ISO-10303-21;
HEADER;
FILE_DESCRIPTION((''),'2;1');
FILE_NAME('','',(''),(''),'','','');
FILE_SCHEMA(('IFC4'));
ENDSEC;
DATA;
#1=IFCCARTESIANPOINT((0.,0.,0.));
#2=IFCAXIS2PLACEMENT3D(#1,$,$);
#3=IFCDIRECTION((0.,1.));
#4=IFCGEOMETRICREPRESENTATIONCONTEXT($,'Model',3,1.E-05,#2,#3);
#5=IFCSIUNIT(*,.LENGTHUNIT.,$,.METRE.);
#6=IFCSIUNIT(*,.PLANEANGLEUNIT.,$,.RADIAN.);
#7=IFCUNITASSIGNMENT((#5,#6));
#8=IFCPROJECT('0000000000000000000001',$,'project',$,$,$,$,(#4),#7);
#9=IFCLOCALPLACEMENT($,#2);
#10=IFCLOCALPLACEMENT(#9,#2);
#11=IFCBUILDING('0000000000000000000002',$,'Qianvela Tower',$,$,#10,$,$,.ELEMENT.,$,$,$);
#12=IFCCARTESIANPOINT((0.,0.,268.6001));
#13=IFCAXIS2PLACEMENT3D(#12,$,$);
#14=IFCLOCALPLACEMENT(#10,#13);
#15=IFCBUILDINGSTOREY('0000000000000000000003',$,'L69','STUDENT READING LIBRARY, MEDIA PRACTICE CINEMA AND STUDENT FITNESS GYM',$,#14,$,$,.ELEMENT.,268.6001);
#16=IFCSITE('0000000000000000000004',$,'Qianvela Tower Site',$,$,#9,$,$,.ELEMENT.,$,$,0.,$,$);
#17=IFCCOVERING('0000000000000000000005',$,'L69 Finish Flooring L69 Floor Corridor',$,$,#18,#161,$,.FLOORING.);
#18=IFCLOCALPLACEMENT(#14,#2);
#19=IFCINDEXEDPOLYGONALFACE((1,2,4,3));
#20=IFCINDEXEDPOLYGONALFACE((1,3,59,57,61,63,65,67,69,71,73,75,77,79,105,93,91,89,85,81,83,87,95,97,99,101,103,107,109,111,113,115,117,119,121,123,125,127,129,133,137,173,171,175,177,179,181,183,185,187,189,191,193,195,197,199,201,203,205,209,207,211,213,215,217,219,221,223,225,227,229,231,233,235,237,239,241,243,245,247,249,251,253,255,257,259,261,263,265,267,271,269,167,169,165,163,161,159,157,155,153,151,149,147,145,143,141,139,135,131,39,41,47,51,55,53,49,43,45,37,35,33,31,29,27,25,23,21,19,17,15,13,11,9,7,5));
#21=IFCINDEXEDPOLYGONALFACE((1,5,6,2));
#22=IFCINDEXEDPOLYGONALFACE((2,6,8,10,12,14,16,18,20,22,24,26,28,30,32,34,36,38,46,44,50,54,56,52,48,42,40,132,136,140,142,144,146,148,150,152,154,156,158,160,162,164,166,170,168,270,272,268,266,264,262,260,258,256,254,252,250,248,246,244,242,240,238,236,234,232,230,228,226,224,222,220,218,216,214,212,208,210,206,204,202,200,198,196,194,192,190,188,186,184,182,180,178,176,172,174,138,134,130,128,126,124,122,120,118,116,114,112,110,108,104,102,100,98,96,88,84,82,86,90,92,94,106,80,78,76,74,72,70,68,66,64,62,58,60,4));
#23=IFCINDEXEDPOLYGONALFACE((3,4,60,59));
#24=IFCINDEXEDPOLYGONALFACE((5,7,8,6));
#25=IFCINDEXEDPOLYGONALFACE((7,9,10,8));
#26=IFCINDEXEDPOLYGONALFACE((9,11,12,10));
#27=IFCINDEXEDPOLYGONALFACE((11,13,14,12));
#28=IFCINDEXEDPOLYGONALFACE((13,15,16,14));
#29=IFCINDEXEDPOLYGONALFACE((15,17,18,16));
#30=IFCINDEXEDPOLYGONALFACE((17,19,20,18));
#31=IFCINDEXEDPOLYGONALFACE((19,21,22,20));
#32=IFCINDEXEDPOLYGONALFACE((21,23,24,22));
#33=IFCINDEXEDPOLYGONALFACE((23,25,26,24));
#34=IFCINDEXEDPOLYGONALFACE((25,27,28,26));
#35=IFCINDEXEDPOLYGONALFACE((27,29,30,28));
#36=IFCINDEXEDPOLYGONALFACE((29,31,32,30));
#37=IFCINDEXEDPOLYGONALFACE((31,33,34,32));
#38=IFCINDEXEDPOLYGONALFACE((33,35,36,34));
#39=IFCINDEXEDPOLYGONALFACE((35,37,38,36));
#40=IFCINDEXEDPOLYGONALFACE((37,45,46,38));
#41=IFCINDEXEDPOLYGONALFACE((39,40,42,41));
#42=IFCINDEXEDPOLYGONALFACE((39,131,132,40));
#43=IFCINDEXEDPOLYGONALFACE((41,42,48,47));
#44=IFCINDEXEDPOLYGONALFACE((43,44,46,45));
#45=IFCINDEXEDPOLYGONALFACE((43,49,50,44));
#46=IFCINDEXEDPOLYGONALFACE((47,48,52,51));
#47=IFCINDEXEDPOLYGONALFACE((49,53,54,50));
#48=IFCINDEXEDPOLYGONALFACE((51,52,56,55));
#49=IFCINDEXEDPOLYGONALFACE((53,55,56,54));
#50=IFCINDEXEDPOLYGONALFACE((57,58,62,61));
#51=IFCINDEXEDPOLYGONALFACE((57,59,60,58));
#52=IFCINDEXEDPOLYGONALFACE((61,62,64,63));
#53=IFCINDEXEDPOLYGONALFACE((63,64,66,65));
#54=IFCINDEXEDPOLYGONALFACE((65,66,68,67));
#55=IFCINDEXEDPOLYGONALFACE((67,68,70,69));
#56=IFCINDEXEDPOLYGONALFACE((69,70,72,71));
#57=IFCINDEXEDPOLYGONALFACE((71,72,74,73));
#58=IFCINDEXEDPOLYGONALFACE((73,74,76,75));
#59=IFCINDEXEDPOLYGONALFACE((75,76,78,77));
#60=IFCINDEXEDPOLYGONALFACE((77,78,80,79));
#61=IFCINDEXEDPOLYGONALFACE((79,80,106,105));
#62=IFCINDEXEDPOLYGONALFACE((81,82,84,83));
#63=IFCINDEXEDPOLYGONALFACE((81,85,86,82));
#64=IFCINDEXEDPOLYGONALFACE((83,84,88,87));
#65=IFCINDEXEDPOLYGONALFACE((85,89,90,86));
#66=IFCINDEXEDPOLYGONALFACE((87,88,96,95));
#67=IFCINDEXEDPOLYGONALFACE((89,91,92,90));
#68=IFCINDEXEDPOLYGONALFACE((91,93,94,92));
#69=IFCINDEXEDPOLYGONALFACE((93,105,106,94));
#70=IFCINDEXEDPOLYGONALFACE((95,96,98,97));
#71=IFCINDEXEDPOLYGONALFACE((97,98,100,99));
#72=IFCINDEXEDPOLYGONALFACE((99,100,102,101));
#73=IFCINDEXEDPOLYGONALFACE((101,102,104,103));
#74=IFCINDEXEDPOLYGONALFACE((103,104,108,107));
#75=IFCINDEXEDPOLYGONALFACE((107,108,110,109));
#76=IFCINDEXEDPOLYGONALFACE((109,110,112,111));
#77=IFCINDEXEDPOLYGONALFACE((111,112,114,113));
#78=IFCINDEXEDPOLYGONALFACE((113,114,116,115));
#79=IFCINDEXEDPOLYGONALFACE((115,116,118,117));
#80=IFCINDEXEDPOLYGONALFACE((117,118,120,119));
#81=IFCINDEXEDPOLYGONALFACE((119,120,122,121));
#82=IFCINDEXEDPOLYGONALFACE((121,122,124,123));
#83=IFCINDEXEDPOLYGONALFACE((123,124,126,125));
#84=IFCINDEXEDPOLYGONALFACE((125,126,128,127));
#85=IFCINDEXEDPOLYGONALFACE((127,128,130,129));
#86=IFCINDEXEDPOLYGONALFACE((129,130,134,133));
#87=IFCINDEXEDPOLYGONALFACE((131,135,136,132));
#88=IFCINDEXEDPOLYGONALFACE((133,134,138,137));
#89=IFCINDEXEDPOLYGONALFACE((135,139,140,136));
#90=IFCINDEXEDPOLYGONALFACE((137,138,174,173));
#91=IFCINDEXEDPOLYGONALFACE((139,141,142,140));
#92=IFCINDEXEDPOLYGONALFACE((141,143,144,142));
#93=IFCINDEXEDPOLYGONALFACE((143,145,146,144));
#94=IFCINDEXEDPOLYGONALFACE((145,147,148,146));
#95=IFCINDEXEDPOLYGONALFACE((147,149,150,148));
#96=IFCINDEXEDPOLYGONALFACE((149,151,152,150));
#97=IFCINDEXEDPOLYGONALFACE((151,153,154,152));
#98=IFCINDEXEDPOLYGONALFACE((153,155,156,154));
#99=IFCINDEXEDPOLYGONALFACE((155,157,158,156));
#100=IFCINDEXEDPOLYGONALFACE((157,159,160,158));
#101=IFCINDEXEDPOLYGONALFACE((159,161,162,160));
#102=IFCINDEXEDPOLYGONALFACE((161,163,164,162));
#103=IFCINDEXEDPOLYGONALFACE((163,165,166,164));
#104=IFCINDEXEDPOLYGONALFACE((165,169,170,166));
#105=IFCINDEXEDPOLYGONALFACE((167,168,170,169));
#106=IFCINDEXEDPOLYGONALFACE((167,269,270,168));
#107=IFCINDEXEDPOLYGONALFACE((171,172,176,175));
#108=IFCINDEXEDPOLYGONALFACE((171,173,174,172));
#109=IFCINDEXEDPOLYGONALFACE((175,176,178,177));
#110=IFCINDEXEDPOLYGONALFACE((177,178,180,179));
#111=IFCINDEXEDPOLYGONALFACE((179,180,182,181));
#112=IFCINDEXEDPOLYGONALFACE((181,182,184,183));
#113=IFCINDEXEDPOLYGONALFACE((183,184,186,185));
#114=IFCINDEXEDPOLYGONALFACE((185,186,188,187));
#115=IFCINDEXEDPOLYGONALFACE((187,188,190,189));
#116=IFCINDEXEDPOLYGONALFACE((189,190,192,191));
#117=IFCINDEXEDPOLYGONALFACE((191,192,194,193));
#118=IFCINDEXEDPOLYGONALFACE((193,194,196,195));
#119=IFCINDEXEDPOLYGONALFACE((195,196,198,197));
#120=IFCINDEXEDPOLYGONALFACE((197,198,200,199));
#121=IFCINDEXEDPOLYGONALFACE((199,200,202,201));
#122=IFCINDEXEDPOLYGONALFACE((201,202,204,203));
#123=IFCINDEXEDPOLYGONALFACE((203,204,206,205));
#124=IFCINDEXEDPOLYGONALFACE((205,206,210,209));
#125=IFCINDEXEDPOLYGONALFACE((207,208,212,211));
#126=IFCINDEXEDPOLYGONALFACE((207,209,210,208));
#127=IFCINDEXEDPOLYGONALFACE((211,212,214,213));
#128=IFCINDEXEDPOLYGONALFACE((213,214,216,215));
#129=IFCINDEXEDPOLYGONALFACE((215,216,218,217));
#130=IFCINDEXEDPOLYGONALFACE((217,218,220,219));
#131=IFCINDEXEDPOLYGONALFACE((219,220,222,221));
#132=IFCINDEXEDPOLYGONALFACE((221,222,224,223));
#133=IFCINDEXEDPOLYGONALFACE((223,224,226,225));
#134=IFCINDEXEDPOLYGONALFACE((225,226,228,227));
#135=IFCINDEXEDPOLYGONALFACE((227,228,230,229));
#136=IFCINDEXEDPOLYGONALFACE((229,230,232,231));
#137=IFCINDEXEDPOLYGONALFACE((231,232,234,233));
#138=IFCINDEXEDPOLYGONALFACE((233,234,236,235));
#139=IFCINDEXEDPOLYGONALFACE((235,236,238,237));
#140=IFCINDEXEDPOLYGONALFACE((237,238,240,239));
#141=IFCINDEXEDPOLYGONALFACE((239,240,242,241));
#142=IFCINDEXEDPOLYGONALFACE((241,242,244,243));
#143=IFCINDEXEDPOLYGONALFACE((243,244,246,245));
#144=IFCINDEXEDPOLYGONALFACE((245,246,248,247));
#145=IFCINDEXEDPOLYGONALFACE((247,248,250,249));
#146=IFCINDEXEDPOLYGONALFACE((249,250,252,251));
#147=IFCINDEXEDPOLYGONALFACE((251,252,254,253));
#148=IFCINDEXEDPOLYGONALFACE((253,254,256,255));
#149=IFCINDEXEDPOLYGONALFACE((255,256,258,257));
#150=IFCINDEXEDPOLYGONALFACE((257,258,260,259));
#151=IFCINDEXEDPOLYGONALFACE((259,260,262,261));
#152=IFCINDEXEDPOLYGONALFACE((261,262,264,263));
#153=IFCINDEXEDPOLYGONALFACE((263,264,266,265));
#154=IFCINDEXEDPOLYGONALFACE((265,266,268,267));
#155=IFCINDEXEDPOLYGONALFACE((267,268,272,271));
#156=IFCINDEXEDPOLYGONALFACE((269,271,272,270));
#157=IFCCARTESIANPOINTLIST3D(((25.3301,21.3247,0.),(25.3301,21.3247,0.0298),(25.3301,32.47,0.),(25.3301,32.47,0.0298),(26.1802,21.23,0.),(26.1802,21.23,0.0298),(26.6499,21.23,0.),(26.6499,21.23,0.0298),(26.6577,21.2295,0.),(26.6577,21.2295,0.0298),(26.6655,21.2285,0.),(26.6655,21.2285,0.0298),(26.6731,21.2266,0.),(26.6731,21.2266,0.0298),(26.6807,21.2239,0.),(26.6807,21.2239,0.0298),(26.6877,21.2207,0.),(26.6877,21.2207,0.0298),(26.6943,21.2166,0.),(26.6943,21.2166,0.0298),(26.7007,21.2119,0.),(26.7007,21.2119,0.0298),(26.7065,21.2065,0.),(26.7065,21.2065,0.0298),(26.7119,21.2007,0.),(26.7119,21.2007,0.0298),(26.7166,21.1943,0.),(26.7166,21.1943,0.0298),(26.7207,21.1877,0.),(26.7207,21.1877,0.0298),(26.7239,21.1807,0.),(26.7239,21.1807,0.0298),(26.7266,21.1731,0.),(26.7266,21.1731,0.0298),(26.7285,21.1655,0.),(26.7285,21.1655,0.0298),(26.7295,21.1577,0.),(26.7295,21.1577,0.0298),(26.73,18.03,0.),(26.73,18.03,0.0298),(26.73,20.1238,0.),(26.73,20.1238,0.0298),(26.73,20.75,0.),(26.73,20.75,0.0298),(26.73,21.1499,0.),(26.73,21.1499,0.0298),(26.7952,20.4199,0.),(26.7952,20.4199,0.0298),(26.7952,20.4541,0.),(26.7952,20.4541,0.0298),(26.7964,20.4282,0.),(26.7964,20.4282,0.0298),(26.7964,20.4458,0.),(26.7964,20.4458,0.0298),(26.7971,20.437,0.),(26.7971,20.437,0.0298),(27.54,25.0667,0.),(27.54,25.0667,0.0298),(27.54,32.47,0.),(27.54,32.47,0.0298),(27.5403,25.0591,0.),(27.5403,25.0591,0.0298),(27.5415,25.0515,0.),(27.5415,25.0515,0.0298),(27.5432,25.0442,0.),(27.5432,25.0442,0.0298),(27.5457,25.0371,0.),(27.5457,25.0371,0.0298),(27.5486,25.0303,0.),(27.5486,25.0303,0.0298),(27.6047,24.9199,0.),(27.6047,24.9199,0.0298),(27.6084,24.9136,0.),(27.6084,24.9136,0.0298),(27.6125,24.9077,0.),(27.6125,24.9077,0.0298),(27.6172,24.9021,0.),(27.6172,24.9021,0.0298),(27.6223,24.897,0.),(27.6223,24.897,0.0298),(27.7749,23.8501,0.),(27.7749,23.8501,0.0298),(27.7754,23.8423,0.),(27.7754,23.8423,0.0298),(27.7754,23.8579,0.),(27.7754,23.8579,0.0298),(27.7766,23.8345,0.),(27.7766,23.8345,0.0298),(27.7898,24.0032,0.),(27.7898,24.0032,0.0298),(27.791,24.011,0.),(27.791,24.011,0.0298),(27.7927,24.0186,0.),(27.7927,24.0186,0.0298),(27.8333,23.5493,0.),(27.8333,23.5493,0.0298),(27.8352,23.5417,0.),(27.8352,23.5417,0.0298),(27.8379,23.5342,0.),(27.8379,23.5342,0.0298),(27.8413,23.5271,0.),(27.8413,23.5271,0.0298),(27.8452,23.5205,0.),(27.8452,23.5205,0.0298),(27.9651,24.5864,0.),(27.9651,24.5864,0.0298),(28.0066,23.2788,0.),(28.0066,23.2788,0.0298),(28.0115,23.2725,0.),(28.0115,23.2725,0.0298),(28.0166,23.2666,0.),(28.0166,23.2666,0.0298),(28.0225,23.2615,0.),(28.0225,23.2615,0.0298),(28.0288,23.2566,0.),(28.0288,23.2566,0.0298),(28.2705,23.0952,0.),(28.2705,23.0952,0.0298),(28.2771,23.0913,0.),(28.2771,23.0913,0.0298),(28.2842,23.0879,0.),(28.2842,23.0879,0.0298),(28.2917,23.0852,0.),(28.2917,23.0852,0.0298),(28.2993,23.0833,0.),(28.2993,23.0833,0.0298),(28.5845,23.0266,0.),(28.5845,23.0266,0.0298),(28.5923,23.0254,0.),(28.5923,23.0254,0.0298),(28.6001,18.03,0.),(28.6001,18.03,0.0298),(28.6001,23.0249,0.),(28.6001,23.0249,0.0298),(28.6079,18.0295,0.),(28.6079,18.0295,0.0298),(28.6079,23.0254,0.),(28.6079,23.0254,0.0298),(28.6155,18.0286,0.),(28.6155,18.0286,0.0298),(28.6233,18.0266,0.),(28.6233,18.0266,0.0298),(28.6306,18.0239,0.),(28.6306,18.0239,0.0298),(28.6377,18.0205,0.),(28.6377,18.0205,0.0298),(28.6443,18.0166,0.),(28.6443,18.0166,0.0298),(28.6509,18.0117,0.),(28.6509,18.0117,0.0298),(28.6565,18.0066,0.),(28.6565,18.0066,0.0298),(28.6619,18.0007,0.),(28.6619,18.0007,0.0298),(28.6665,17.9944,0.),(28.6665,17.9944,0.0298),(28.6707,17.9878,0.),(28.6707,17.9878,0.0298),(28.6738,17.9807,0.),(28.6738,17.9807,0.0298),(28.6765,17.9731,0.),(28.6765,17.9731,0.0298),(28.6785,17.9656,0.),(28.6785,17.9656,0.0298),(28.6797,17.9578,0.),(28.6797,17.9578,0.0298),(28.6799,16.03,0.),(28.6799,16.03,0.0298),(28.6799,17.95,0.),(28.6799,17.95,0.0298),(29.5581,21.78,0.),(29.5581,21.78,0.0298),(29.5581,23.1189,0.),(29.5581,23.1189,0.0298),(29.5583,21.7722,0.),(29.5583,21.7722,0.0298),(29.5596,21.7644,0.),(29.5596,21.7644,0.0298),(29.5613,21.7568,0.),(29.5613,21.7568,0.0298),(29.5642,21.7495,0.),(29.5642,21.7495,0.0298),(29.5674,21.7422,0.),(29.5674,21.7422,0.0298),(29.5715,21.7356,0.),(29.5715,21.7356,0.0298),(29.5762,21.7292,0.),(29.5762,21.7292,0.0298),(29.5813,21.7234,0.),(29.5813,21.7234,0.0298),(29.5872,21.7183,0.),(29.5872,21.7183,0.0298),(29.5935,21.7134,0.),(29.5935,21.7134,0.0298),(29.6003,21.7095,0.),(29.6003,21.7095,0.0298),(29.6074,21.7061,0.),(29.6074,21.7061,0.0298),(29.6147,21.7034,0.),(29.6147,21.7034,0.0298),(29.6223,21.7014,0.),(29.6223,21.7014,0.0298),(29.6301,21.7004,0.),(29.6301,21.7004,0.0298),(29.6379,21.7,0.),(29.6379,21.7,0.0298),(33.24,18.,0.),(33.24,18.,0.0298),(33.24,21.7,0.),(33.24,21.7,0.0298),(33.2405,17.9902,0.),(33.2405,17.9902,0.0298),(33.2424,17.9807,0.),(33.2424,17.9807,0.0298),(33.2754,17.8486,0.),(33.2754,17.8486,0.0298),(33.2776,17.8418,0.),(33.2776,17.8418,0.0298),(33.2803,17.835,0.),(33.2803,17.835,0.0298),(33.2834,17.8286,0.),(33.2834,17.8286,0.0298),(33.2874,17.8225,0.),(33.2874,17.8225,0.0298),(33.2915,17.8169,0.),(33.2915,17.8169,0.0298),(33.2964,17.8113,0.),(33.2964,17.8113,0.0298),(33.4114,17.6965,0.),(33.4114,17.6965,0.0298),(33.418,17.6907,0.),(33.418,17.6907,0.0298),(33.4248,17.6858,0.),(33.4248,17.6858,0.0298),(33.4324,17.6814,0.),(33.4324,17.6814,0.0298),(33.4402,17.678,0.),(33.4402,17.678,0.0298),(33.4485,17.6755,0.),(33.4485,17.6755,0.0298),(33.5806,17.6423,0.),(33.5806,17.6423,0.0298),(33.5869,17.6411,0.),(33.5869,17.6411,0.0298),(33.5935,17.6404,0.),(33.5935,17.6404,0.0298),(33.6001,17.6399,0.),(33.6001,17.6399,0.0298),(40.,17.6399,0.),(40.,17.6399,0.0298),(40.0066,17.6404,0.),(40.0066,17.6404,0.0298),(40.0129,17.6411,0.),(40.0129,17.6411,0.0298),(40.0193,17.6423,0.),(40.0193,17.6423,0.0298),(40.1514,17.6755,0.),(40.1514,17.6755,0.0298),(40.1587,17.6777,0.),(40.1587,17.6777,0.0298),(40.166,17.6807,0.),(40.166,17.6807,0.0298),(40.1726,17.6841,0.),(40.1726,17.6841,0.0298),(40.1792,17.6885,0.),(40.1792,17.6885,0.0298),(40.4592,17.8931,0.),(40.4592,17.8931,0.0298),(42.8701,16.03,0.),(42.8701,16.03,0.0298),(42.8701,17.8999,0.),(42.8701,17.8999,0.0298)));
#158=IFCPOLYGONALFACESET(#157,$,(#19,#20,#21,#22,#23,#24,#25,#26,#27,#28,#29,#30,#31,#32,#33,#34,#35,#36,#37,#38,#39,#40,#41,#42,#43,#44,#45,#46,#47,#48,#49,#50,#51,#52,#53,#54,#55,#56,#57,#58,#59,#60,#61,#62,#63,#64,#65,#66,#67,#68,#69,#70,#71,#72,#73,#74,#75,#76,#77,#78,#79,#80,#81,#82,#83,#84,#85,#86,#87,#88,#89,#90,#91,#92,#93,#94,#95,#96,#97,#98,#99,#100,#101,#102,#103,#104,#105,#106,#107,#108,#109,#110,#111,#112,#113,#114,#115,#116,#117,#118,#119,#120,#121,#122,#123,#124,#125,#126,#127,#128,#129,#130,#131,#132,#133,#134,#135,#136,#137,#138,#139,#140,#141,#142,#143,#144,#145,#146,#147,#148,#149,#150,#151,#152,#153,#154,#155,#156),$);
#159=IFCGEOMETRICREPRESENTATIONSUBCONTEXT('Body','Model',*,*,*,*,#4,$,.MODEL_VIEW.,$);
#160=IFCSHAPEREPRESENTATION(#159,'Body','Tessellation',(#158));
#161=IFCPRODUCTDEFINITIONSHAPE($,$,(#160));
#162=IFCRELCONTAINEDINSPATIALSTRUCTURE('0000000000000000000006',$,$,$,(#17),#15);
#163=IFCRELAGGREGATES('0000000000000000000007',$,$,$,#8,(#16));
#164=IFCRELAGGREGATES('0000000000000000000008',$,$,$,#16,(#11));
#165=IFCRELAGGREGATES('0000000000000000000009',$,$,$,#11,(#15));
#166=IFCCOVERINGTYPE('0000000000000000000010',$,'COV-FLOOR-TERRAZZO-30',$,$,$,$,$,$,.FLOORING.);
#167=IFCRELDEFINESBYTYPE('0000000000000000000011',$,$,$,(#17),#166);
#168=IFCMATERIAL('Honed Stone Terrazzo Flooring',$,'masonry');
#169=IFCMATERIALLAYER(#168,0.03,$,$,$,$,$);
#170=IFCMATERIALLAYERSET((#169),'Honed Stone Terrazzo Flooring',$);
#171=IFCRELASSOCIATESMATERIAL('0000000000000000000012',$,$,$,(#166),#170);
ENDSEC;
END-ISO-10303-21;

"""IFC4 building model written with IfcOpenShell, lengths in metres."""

from ifc_helpers import new_model, si_unit, direction, frame, origin, place, context, subcontext, project, spatial, polyline, outline, extrude, material, layer, layer_set, type_object, element, save


model = new_model("IFC4")

# Units and contexts
model_context = context("Model", 3, precision=1e-05, world=origin(), true_north=direction((0.0, 1.0)))
body_context = subcontext(model_context, "Body", "Model", "MODEL_VIEW")
ifc_project = project(units=[si_unit("LENGTHUNIT", "METRE"), si_unit("PLANEANGLEUNIT", "RADIAN")], contexts=[model_context])

# Site, building, storey
site_placement = place(None, origin())
site = spatial("IfcSite", under=ifc_project, at=site_placement, Name="Qianvela Tower Site", CompositionType="ELEMENT", RefElevation=0.0)
building_placement = place(site_placement, origin())
building = spatial("IfcBuilding", under=site, at=building_placement, Name="Qianvela Tower", CompositionType="ELEMENT")
storey_placement = place(building_placement, frame((0.0, 0.0, 268.6001)))
storey = spatial("IfcBuildingStorey", under=building, at=storey_placement, Name="L69", Description="STUDENT READING LIBRARY, MEDIA PRACTICE CINEMA AND STUDENT FITNESS GYM", CompositionType="ELEMENT", Elevation=268.6001)

# Covering
ifc_material_1 = material(Name="Honed Stone Terrazzo Flooring", Category="masonry")
ifc_layer_1 = layer(ifc_material_1, 0.03)
ifc_layer_set_1 = layer_set([ifc_layer_1], Name="Honed Stone Terrazzo Flooring")
covering_type_1 = type_object("IfcCoveringType", Name="COV-FLOOR-TERRAZZO-30", PredefinedType="FLOORING", material=ifc_layer_set_1)
covering_1_placement = place(storey_placement, origin())
element("IfcCovering", 1, at=covering_1_placement, inside=storey, type_object=covering_type_1, Name="L69 Finish Flooring L69 Floor Corridor", PredefinedType="FLOORING", context=body_context, shape_type="SweptSolid", body=[
    extrude(outline(polyline([(27.7927, 24.0186), (27.791, 24.011), (27.7898, 24.0032), (27.7754, 23.8579), (27.7749, 23.8501), (27.7754, 23.8423), (27.7766, 23.8345), (27.8333, 23.5493), (27.8352, 23.5417), (27.8379, 23.5342), (27.8413, 23.5271), (27.8452, 23.5205), (28.0066, 23.2788), (28.0115, 23.2725), (28.0166, 23.2666), (28.0225, 23.2615), (28.0288, 23.2566), (28.2705, 23.0952), (28.2771, 23.0913), (28.2842, 23.0879), (28.2917, 23.0852), (28.2993, 23.0833), (28.5845, 23.0266), (28.5923, 23.0254), (28.6001, 23.0249), (28.6079, 23.0254), (29.5581, 23.1189), (29.5581, 21.78), (29.5583, 21.7722), (29.5596, 21.7644), (29.5613, 21.7568), (29.5642, 21.7495), (29.5674, 21.7422), (29.5715, 21.7356), (29.5762, 21.7292), (29.5813, 21.7234), (29.5872, 21.7183), (29.5935, 21.7134), (29.6003, 21.7095), (29.6074, 21.7061), (29.6147, 21.7034), (29.6223, 21.7014), (29.6301, 21.7004), (29.6379, 21.7), (33.24, 21.7), (33.24, 18.0), (33.2405, 17.9902), (33.2424, 17.9807), (33.2754, 17.8486), (33.2776, 17.8418), (33.2803, 17.835), (33.2834, 17.8286), (33.2874, 17.8225), (33.2915, 17.8169), (33.2964, 17.8113), (33.4114, 17.6965), (33.418, 17.6907), (33.4248, 17.6858), (33.4324, 17.6814), (33.4402, 17.678), (33.4485, 17.6755), (33.5806, 17.6423), (33.5869, 17.6411), (33.5935, 17.6404), (33.6001, 17.6399), (40.0, 17.6399), (40.0066, 17.6404), (40.0129, 17.6411), (40.0193, 17.6423), (40.1514, 17.6755), (40.1587, 17.6777), (40.166, 17.6807), (40.1726, 17.6841), (40.1792, 17.6885), (40.4592, 17.8931), (42.8701, 17.8999), (42.8701, 16.03), (28.6799, 16.03), (28.6799, 17.95), (28.6797, 17.9578), (28.6785, 17.9656), (28.6765, 17.9731), (28.6738, 17.9807), (28.6707, 17.9878), (28.6665, 17.9944), (28.6619, 18.0007), (28.6565, 18.0066), (28.6509, 18.0117), (28.6443, 18.0166), (28.6377, 18.0205), (28.6306, 18.0239), (28.6233, 18.0266), (28.6155, 18.0286), (28.6079, 18.0295), (28.6001, 18.03), (26.73, 18.03), (26.73, 20.1238), (26.7952, 20.4199), (26.7964, 20.4282), (26.7971, 20.437), (26.7964, 20.4458), (26.7952, 20.4541), (26.73, 20.75), (26.73, 21.1499), (26.7295, 21.1577), (26.7285, 21.1655), (26.7266, 21.1731), (26.7239, 21.1807), (26.7207, 21.1877), (26.7166, 21.1943), (26.7119, 21.2007), (26.7065, 21.2065), (26.7007, 21.2119), (26.6943, 21.2166), (26.6877, 21.2207), (26.6807, 21.2239), (26.6731, 21.2266), (26.6655, 21.2285), (26.6577, 21.2295), (26.6499, 21.23), (26.1802, 21.23), (25.3301, 21.3247), (25.3301, 32.47), (27.54, 32.47), (27.54, 25.0667), (27.5403, 25.0591), (27.5415, 25.0515), (27.5432, 25.0442), (27.5457, 25.0371), (27.5486, 25.0303), (27.6047, 24.9199), (27.6084, 24.9136), (27.6125, 24.9077), (27.6172, 24.9021), (27.6223, 24.897), (27.9651, 24.5864), (27.7927, 24.0186)])), origin(), (0.0, 0.0, 1.0), 0.0298),
])

save(model, "model.ifc")
